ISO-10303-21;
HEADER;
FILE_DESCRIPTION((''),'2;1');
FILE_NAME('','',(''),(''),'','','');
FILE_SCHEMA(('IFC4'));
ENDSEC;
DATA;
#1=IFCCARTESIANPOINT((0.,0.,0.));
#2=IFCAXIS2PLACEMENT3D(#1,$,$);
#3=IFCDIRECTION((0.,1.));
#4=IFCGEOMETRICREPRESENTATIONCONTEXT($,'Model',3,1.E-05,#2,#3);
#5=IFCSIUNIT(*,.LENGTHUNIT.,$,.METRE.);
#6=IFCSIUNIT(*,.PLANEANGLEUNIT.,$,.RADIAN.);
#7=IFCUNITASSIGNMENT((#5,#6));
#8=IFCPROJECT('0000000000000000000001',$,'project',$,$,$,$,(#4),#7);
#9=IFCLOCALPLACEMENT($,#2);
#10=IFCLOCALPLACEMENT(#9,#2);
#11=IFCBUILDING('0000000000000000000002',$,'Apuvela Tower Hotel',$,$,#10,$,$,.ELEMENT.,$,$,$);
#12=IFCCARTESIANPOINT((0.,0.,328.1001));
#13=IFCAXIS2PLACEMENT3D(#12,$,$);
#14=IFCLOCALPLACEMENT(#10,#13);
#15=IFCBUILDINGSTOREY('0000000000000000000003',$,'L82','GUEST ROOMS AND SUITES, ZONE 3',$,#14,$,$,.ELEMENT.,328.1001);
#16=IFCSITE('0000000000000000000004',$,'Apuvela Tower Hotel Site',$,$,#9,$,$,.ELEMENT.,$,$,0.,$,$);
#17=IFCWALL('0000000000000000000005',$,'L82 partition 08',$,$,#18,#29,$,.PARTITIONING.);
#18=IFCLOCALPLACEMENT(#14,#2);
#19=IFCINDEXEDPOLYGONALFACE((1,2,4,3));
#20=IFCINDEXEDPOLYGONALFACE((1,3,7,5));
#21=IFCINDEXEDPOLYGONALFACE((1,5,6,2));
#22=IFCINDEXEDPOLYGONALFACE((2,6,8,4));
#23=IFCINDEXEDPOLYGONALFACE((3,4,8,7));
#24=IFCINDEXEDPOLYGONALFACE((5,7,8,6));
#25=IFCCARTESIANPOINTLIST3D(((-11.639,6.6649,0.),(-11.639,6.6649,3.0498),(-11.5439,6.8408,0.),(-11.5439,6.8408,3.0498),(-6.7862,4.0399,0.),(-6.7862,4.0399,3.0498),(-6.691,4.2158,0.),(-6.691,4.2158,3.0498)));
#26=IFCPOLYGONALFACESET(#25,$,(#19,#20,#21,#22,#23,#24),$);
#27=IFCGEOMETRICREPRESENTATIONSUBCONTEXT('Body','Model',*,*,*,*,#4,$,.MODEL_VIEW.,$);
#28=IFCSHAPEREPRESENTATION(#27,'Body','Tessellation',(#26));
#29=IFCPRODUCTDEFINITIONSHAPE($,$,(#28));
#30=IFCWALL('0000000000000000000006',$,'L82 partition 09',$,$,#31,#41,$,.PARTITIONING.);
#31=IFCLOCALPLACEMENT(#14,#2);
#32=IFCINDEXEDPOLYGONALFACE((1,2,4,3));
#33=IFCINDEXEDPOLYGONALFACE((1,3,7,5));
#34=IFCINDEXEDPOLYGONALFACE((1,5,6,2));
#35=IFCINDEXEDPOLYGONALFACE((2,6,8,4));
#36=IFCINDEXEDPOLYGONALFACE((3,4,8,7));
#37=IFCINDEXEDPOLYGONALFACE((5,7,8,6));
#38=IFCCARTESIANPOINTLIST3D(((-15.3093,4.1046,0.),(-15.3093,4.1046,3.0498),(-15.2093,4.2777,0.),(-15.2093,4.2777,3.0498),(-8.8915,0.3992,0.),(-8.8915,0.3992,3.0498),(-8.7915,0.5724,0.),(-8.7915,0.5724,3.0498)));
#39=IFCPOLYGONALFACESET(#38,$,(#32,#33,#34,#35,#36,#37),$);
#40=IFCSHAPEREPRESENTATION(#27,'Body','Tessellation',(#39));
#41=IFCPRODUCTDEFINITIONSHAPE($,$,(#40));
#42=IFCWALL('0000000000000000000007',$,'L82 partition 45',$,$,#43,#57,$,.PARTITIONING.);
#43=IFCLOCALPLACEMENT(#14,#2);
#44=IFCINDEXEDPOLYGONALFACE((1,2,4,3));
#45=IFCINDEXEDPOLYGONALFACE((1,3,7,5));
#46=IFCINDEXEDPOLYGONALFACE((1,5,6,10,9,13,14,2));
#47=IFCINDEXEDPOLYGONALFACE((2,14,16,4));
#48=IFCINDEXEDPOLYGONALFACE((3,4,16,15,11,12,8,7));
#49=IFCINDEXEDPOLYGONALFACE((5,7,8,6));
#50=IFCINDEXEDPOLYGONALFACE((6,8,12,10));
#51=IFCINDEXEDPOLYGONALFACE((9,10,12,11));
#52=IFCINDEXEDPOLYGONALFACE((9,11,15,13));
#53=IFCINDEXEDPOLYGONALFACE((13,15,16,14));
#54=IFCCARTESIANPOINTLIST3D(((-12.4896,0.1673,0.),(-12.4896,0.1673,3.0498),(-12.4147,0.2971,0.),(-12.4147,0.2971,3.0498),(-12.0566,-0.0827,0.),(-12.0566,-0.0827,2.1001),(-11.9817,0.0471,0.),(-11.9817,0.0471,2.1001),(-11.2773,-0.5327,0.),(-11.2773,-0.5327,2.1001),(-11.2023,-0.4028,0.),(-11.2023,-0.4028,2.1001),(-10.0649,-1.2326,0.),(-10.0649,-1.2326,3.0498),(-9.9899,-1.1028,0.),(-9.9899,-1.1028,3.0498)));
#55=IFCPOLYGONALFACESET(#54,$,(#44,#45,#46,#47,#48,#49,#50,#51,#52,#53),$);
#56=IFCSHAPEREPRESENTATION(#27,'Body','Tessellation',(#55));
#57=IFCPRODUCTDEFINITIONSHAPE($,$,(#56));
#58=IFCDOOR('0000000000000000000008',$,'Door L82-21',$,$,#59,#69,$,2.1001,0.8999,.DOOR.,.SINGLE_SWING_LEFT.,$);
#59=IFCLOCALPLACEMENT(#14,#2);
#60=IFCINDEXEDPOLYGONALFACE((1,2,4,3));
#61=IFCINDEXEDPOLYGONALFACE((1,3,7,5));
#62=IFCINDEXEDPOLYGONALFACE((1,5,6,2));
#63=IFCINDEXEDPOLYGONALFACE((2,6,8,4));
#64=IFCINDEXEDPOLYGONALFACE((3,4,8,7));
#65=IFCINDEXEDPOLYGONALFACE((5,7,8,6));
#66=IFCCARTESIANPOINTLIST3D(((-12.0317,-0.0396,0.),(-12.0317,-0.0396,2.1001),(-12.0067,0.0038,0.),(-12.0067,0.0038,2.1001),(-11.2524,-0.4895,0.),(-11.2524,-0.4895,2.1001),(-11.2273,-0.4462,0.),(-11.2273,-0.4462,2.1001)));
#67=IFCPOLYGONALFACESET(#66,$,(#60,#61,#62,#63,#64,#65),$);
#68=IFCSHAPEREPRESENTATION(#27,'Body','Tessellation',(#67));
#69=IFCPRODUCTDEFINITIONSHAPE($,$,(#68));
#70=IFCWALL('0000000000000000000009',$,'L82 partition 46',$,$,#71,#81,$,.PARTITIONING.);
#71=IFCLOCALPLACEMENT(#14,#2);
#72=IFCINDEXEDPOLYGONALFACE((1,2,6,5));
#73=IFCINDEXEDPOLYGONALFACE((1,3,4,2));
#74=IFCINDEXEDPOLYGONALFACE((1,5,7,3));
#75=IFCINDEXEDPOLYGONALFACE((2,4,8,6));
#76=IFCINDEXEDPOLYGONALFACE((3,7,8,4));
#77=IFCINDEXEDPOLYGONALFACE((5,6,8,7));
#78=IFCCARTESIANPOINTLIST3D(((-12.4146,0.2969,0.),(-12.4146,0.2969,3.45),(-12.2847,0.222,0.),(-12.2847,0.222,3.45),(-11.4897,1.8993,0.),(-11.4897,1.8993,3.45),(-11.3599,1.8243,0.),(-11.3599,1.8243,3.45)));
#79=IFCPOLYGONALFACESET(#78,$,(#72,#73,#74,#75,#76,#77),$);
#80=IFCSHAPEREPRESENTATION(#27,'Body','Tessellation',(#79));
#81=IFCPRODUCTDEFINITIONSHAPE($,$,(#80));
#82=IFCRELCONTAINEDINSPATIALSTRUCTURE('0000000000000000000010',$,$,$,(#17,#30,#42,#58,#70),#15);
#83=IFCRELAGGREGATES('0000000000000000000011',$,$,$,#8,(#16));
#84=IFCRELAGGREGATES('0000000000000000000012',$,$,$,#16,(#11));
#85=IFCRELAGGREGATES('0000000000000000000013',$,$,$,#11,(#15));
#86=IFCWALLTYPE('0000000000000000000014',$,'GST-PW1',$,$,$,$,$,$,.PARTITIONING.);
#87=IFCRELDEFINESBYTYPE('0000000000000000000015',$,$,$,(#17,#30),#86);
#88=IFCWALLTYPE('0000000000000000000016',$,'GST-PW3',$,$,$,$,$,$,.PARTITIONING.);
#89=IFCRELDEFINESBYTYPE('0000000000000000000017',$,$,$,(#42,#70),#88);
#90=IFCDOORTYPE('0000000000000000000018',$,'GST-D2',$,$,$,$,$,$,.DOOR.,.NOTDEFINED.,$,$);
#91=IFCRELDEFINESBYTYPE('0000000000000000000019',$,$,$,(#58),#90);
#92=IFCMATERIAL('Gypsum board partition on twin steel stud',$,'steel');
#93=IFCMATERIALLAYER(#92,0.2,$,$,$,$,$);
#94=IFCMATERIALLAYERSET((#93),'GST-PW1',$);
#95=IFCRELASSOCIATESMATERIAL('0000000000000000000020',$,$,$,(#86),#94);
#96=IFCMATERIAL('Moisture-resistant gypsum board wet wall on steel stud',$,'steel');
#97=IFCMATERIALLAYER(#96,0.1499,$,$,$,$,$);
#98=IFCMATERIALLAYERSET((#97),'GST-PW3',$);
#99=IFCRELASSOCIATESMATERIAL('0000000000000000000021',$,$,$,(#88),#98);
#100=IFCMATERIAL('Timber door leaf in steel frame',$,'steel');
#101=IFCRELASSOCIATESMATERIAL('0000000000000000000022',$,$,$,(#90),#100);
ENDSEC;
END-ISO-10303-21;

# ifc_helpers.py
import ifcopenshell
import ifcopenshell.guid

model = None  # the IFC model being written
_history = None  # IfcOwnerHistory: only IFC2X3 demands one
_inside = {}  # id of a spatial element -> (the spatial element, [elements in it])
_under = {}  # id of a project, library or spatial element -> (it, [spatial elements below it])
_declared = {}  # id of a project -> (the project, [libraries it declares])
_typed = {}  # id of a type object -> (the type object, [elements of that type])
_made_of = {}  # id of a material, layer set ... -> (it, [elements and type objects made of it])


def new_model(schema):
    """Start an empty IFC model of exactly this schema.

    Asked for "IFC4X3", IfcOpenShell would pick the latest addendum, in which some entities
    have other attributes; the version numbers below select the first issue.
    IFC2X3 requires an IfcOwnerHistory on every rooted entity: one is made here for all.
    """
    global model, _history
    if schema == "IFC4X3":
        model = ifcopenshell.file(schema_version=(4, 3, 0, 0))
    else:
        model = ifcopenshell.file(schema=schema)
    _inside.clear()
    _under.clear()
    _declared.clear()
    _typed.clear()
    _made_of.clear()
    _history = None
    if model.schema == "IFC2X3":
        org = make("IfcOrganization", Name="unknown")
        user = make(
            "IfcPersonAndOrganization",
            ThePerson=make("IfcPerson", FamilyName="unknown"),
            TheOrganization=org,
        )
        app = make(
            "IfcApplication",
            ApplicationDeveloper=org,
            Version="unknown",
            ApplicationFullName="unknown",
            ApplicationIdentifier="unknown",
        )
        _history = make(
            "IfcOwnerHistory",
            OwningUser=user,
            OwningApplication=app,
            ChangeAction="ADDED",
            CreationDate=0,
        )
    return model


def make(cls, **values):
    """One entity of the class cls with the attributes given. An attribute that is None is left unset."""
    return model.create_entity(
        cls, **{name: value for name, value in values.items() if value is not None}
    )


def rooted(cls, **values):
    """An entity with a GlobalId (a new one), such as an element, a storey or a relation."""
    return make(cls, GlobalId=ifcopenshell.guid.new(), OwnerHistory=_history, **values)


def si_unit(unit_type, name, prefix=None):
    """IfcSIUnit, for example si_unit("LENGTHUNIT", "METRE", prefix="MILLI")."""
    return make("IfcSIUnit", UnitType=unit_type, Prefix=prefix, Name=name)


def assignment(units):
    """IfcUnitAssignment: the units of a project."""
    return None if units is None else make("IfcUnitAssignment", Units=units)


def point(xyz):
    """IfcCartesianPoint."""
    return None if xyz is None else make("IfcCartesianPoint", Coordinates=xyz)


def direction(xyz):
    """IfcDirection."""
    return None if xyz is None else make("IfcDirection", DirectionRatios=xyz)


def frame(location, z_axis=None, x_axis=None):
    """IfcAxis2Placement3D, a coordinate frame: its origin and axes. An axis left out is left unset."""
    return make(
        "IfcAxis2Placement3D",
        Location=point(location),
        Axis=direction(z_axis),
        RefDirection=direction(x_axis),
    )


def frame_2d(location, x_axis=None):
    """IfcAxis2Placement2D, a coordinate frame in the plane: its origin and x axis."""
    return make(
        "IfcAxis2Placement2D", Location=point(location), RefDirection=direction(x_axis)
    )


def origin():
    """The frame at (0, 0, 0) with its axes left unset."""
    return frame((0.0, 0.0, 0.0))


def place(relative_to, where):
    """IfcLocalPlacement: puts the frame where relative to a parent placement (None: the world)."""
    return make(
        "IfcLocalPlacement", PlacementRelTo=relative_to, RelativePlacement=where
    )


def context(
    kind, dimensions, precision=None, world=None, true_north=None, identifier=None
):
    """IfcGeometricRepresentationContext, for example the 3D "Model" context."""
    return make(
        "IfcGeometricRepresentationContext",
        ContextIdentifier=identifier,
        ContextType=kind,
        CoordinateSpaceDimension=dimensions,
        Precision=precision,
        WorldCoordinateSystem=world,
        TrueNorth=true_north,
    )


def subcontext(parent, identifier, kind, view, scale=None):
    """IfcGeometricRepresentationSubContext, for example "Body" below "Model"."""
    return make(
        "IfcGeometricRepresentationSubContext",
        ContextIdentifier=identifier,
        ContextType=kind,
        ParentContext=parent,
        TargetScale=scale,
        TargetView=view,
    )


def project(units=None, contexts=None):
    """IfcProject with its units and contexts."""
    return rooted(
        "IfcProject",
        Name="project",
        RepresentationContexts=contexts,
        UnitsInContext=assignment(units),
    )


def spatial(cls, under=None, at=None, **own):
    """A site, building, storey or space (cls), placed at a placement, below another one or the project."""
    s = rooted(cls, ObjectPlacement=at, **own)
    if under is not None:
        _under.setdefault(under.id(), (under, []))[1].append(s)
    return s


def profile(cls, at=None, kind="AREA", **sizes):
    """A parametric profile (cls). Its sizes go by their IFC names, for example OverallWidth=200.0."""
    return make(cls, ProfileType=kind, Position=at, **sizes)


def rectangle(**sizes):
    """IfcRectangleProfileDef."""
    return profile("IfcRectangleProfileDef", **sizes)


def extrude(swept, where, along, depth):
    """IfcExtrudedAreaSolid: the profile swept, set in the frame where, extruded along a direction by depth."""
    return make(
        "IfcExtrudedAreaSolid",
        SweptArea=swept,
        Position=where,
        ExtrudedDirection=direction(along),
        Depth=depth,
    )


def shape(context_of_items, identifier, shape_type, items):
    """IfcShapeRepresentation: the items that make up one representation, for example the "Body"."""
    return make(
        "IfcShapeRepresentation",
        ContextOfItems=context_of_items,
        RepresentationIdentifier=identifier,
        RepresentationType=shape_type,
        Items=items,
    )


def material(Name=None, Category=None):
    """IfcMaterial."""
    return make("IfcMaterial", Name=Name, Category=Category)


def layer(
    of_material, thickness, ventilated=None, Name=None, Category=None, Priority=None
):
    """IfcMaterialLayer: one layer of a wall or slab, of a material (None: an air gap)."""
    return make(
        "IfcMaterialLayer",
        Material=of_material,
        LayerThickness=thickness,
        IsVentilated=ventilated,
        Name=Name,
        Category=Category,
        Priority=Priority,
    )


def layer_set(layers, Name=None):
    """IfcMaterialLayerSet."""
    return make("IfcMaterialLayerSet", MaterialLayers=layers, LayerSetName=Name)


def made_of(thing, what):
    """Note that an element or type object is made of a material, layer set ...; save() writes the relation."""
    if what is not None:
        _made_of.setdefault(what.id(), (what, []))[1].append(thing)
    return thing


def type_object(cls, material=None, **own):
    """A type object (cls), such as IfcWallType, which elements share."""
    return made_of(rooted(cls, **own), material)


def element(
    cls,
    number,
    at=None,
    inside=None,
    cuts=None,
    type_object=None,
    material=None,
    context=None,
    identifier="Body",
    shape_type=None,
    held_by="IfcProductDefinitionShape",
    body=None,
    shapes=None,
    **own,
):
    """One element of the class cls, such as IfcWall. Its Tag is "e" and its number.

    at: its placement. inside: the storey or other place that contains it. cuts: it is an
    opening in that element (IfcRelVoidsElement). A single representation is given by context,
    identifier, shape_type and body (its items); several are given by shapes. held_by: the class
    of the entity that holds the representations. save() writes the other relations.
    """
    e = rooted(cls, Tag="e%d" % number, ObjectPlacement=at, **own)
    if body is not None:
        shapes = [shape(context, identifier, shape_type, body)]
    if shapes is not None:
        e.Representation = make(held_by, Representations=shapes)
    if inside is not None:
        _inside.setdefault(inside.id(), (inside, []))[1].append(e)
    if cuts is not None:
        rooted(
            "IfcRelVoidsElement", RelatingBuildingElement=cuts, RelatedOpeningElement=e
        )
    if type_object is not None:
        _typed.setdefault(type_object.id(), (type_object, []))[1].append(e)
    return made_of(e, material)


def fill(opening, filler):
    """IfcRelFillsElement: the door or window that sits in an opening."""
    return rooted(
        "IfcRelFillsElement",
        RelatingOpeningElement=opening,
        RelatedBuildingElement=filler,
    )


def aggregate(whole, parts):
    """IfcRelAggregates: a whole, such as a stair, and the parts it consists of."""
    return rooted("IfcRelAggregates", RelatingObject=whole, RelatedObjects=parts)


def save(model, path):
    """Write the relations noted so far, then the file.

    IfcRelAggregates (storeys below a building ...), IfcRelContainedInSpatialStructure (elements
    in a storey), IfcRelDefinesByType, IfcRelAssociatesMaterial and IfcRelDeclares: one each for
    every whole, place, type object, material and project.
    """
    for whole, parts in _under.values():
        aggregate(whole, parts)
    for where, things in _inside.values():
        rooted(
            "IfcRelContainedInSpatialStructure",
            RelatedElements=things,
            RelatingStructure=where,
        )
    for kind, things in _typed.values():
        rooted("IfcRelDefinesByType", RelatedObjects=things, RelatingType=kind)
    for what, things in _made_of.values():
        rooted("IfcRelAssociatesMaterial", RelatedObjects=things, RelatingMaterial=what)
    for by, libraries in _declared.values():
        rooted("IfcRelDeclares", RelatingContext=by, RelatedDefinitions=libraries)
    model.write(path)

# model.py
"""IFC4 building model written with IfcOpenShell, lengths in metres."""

from ifc_helpers import new_model, si_unit, direction, frame, frame_2d, origin, place, context, subcontext, project, spatial, rectangle, extrude, material, layer, layer_set, type_object, element, fill, save


model = new_model("IFC4")

# Units and contexts
model_context = context("Model", 3, precision=1e-05, world=origin(), true_north=direction((0.0, 1.0)))
body_context = subcontext(model_context, "Body", "Model", "MODEL_VIEW")
ifc_project = project(units=[si_unit("LENGTHUNIT", "METRE"), si_unit("PLANEANGLEUNIT", "RADIAN")], contexts=[model_context])

# Site, building, storey
site_placement = place(None, origin())
site = spatial("IfcSite", under=ifc_project, at=site_placement, Name="Apuvela Tower Hotel Site", CompositionType="ELEMENT", RefElevation=0.0)
building_placement = place(site_placement, origin())
building = spatial("IfcBuilding", under=site, at=building_placement, Name="Apuvela Tower Hotel", CompositionType="ELEMENT")
storey_placement = place(building_placement, frame((0.0, 0.0, 328.1001)))
storey = spatial("IfcBuildingStorey", under=building, at=storey_placement, Name="L82", Description="GUEST ROOMS AND SUITES, ZONE 3", CompositionType="ELEMENT", Elevation=328.1001)

# Walls
ifc_material_1 = material(Name="Gypsum board partition on twin steel stud", Category="steel")
ifc_layer_1 = layer(ifc_material_1, 0.2)
ifc_layer_set_1 = layer_set([ifc_layer_1], Name="GST-PW1")
wall_type_1 = type_object("IfcWallType", Name="GST-PW1", PredefinedType="PARTITIONING", material=ifc_layer_set_1)
wall_1_placement = place(storey_placement, frame((-11.5916, 6.7529, 0.0), z_axis=(0.0, 0.0, 1.0), x_axis=(0.879564, -0.47578, 0.0)))
element("IfcWall", 1, at=wall_1_placement, inside=storey, type_object=wall_type_1, Name="L82 partition 08", PredefinedType="PARTITIONING", context=body_context, shape_type="SweptSolid", body=[
    extrude(rectangle(XDim=5.5173, YDim=0.2, at=frame_2d((2.7588, 0.0))), origin(), (0.0, 0.0, 1.0), 3.0498),
])
wall_2_placement = place(storey_placement, frame((-15.2593, 4.1912, 0.0), z_axis=(0.0, 0.0, 1.0), x_axis=(0.866023, -0.500005, 0.0)))
element("IfcWall", 2, at=wall_2_placement, inside=storey, type_object=wall_type_1, Name="L82 partition 09", PredefinedType="PARTITIONING", context=body_context, shape_type="SweptSolid", body=[
    extrude(rectangle(XDim=7.4106, YDim=0.2, at=frame_2d((3.7053, 0.0))), origin(), (0.0, 0.0, 1.0), 3.0498),
])

# Wall, opening, door
ifc_material_2 = material(Name="Moisture-resistant gypsum board wet wall on steel stud", Category="steel")
ifc_layer_2 = layer(ifc_material_2, 0.1499)
ifc_layer_set_2 = layer_set([ifc_layer_2], Name="GST-PW3")
wall_type_2 = type_object("IfcWallType", Name="GST-PW3", PredefinedType="PARTITIONING", material=ifc_layer_set_2)
wall_3_placement = place(storey_placement, frame((-12.4521, 0.2322, 0.0), z_axis=(0.0, 0.0, 1.0), x_axis=(0.866035, -0.499984, 0.0)))
wall_3 = element("IfcWall", 3, at=wall_3_placement, inside=storey, type_object=wall_type_2, Name="L82 partition 45", PredefinedType="PARTITIONING", context=body_context, shape_type="SweptSolid", body=[
    extrude(rectangle(XDim=2.7998, YDim=0.1499, at=frame_2d((1.3999, 0.0))), origin(), (0.0, 0.0, 1.0), 3.0498),
])
opening_1_placement = place(wall_3_placement, frame((0.5, 0.0, 0.0)))
opening_1 = element("IfcOpeningElement", 4, at=opening_1_placement, cuts=wall_3, PredefinedType="OPENING", context=body_context, shape_type="SweptSolid", body=[
    extrude(rectangle(XDim=0.8999, YDim=2.1001, at=frame_2d((0.45, 1.05))), frame((0.0, 0.085, 0.0), z_axis=(0.0, -1.0, 0.0), x_axis=(1.0, 0.0, 0.0)), (0.0, 0.0, 1.0), 0.1699),
])
ifc_material_3 = material(Name="Timber door leaf in steel frame", Category="steel")
door_type_1 = type_object("IfcDoorType", Name="GST-D2", OperationType="NOTDEFINED", PredefinedType="DOOR", material=ifc_material_3)
door_1_placement = place(opening_1_placement, origin())
door_1 = element("IfcDoor", 5, at=door_1_placement, inside=storey, type_object=door_type_1, Name="Door L82-21", OperationType="SINGLE_SWING_LEFT", OverallHeight=2.1001, OverallWidth=0.8999, PredefinedType="DOOR", context=body_context, shape_type="SweptSolid", body=[
    extrude(rectangle(XDim=0.8999, YDim=2.1001, at=frame_2d((0.45, 1.05))), frame((0.0, 0.0249, 0.0), z_axis=(0.0, -1.0, 0.0), x_axis=(1.0, 0.0, 0.0)), (0.0, 0.0, 1.0), 0.05),
])
fill(opening_1, door_1)

# Wall
wall_4_placement = place(storey_placement, frame((-11.4248, 1.8618, 0.0), z_axis=(0.0, 0.0, 1.0), x_axis=(-0.499886, -0.866091, 0.0)))
element("IfcWall", 6, at=wall_4_placement, inside=storey, type_object=wall_type_2, Name="L82 partition 46", PredefinedType="PARTITIONING", context=body_context, shape_type="SweptSolid", body=[
    extrude(rectangle(XDim=1.8501, YDim=0.1499, at=frame_2d((0.925, 0.0))), origin(), (0.0, 0.0, 1.0), 3.45),
])

save(model, "model.ifc")
